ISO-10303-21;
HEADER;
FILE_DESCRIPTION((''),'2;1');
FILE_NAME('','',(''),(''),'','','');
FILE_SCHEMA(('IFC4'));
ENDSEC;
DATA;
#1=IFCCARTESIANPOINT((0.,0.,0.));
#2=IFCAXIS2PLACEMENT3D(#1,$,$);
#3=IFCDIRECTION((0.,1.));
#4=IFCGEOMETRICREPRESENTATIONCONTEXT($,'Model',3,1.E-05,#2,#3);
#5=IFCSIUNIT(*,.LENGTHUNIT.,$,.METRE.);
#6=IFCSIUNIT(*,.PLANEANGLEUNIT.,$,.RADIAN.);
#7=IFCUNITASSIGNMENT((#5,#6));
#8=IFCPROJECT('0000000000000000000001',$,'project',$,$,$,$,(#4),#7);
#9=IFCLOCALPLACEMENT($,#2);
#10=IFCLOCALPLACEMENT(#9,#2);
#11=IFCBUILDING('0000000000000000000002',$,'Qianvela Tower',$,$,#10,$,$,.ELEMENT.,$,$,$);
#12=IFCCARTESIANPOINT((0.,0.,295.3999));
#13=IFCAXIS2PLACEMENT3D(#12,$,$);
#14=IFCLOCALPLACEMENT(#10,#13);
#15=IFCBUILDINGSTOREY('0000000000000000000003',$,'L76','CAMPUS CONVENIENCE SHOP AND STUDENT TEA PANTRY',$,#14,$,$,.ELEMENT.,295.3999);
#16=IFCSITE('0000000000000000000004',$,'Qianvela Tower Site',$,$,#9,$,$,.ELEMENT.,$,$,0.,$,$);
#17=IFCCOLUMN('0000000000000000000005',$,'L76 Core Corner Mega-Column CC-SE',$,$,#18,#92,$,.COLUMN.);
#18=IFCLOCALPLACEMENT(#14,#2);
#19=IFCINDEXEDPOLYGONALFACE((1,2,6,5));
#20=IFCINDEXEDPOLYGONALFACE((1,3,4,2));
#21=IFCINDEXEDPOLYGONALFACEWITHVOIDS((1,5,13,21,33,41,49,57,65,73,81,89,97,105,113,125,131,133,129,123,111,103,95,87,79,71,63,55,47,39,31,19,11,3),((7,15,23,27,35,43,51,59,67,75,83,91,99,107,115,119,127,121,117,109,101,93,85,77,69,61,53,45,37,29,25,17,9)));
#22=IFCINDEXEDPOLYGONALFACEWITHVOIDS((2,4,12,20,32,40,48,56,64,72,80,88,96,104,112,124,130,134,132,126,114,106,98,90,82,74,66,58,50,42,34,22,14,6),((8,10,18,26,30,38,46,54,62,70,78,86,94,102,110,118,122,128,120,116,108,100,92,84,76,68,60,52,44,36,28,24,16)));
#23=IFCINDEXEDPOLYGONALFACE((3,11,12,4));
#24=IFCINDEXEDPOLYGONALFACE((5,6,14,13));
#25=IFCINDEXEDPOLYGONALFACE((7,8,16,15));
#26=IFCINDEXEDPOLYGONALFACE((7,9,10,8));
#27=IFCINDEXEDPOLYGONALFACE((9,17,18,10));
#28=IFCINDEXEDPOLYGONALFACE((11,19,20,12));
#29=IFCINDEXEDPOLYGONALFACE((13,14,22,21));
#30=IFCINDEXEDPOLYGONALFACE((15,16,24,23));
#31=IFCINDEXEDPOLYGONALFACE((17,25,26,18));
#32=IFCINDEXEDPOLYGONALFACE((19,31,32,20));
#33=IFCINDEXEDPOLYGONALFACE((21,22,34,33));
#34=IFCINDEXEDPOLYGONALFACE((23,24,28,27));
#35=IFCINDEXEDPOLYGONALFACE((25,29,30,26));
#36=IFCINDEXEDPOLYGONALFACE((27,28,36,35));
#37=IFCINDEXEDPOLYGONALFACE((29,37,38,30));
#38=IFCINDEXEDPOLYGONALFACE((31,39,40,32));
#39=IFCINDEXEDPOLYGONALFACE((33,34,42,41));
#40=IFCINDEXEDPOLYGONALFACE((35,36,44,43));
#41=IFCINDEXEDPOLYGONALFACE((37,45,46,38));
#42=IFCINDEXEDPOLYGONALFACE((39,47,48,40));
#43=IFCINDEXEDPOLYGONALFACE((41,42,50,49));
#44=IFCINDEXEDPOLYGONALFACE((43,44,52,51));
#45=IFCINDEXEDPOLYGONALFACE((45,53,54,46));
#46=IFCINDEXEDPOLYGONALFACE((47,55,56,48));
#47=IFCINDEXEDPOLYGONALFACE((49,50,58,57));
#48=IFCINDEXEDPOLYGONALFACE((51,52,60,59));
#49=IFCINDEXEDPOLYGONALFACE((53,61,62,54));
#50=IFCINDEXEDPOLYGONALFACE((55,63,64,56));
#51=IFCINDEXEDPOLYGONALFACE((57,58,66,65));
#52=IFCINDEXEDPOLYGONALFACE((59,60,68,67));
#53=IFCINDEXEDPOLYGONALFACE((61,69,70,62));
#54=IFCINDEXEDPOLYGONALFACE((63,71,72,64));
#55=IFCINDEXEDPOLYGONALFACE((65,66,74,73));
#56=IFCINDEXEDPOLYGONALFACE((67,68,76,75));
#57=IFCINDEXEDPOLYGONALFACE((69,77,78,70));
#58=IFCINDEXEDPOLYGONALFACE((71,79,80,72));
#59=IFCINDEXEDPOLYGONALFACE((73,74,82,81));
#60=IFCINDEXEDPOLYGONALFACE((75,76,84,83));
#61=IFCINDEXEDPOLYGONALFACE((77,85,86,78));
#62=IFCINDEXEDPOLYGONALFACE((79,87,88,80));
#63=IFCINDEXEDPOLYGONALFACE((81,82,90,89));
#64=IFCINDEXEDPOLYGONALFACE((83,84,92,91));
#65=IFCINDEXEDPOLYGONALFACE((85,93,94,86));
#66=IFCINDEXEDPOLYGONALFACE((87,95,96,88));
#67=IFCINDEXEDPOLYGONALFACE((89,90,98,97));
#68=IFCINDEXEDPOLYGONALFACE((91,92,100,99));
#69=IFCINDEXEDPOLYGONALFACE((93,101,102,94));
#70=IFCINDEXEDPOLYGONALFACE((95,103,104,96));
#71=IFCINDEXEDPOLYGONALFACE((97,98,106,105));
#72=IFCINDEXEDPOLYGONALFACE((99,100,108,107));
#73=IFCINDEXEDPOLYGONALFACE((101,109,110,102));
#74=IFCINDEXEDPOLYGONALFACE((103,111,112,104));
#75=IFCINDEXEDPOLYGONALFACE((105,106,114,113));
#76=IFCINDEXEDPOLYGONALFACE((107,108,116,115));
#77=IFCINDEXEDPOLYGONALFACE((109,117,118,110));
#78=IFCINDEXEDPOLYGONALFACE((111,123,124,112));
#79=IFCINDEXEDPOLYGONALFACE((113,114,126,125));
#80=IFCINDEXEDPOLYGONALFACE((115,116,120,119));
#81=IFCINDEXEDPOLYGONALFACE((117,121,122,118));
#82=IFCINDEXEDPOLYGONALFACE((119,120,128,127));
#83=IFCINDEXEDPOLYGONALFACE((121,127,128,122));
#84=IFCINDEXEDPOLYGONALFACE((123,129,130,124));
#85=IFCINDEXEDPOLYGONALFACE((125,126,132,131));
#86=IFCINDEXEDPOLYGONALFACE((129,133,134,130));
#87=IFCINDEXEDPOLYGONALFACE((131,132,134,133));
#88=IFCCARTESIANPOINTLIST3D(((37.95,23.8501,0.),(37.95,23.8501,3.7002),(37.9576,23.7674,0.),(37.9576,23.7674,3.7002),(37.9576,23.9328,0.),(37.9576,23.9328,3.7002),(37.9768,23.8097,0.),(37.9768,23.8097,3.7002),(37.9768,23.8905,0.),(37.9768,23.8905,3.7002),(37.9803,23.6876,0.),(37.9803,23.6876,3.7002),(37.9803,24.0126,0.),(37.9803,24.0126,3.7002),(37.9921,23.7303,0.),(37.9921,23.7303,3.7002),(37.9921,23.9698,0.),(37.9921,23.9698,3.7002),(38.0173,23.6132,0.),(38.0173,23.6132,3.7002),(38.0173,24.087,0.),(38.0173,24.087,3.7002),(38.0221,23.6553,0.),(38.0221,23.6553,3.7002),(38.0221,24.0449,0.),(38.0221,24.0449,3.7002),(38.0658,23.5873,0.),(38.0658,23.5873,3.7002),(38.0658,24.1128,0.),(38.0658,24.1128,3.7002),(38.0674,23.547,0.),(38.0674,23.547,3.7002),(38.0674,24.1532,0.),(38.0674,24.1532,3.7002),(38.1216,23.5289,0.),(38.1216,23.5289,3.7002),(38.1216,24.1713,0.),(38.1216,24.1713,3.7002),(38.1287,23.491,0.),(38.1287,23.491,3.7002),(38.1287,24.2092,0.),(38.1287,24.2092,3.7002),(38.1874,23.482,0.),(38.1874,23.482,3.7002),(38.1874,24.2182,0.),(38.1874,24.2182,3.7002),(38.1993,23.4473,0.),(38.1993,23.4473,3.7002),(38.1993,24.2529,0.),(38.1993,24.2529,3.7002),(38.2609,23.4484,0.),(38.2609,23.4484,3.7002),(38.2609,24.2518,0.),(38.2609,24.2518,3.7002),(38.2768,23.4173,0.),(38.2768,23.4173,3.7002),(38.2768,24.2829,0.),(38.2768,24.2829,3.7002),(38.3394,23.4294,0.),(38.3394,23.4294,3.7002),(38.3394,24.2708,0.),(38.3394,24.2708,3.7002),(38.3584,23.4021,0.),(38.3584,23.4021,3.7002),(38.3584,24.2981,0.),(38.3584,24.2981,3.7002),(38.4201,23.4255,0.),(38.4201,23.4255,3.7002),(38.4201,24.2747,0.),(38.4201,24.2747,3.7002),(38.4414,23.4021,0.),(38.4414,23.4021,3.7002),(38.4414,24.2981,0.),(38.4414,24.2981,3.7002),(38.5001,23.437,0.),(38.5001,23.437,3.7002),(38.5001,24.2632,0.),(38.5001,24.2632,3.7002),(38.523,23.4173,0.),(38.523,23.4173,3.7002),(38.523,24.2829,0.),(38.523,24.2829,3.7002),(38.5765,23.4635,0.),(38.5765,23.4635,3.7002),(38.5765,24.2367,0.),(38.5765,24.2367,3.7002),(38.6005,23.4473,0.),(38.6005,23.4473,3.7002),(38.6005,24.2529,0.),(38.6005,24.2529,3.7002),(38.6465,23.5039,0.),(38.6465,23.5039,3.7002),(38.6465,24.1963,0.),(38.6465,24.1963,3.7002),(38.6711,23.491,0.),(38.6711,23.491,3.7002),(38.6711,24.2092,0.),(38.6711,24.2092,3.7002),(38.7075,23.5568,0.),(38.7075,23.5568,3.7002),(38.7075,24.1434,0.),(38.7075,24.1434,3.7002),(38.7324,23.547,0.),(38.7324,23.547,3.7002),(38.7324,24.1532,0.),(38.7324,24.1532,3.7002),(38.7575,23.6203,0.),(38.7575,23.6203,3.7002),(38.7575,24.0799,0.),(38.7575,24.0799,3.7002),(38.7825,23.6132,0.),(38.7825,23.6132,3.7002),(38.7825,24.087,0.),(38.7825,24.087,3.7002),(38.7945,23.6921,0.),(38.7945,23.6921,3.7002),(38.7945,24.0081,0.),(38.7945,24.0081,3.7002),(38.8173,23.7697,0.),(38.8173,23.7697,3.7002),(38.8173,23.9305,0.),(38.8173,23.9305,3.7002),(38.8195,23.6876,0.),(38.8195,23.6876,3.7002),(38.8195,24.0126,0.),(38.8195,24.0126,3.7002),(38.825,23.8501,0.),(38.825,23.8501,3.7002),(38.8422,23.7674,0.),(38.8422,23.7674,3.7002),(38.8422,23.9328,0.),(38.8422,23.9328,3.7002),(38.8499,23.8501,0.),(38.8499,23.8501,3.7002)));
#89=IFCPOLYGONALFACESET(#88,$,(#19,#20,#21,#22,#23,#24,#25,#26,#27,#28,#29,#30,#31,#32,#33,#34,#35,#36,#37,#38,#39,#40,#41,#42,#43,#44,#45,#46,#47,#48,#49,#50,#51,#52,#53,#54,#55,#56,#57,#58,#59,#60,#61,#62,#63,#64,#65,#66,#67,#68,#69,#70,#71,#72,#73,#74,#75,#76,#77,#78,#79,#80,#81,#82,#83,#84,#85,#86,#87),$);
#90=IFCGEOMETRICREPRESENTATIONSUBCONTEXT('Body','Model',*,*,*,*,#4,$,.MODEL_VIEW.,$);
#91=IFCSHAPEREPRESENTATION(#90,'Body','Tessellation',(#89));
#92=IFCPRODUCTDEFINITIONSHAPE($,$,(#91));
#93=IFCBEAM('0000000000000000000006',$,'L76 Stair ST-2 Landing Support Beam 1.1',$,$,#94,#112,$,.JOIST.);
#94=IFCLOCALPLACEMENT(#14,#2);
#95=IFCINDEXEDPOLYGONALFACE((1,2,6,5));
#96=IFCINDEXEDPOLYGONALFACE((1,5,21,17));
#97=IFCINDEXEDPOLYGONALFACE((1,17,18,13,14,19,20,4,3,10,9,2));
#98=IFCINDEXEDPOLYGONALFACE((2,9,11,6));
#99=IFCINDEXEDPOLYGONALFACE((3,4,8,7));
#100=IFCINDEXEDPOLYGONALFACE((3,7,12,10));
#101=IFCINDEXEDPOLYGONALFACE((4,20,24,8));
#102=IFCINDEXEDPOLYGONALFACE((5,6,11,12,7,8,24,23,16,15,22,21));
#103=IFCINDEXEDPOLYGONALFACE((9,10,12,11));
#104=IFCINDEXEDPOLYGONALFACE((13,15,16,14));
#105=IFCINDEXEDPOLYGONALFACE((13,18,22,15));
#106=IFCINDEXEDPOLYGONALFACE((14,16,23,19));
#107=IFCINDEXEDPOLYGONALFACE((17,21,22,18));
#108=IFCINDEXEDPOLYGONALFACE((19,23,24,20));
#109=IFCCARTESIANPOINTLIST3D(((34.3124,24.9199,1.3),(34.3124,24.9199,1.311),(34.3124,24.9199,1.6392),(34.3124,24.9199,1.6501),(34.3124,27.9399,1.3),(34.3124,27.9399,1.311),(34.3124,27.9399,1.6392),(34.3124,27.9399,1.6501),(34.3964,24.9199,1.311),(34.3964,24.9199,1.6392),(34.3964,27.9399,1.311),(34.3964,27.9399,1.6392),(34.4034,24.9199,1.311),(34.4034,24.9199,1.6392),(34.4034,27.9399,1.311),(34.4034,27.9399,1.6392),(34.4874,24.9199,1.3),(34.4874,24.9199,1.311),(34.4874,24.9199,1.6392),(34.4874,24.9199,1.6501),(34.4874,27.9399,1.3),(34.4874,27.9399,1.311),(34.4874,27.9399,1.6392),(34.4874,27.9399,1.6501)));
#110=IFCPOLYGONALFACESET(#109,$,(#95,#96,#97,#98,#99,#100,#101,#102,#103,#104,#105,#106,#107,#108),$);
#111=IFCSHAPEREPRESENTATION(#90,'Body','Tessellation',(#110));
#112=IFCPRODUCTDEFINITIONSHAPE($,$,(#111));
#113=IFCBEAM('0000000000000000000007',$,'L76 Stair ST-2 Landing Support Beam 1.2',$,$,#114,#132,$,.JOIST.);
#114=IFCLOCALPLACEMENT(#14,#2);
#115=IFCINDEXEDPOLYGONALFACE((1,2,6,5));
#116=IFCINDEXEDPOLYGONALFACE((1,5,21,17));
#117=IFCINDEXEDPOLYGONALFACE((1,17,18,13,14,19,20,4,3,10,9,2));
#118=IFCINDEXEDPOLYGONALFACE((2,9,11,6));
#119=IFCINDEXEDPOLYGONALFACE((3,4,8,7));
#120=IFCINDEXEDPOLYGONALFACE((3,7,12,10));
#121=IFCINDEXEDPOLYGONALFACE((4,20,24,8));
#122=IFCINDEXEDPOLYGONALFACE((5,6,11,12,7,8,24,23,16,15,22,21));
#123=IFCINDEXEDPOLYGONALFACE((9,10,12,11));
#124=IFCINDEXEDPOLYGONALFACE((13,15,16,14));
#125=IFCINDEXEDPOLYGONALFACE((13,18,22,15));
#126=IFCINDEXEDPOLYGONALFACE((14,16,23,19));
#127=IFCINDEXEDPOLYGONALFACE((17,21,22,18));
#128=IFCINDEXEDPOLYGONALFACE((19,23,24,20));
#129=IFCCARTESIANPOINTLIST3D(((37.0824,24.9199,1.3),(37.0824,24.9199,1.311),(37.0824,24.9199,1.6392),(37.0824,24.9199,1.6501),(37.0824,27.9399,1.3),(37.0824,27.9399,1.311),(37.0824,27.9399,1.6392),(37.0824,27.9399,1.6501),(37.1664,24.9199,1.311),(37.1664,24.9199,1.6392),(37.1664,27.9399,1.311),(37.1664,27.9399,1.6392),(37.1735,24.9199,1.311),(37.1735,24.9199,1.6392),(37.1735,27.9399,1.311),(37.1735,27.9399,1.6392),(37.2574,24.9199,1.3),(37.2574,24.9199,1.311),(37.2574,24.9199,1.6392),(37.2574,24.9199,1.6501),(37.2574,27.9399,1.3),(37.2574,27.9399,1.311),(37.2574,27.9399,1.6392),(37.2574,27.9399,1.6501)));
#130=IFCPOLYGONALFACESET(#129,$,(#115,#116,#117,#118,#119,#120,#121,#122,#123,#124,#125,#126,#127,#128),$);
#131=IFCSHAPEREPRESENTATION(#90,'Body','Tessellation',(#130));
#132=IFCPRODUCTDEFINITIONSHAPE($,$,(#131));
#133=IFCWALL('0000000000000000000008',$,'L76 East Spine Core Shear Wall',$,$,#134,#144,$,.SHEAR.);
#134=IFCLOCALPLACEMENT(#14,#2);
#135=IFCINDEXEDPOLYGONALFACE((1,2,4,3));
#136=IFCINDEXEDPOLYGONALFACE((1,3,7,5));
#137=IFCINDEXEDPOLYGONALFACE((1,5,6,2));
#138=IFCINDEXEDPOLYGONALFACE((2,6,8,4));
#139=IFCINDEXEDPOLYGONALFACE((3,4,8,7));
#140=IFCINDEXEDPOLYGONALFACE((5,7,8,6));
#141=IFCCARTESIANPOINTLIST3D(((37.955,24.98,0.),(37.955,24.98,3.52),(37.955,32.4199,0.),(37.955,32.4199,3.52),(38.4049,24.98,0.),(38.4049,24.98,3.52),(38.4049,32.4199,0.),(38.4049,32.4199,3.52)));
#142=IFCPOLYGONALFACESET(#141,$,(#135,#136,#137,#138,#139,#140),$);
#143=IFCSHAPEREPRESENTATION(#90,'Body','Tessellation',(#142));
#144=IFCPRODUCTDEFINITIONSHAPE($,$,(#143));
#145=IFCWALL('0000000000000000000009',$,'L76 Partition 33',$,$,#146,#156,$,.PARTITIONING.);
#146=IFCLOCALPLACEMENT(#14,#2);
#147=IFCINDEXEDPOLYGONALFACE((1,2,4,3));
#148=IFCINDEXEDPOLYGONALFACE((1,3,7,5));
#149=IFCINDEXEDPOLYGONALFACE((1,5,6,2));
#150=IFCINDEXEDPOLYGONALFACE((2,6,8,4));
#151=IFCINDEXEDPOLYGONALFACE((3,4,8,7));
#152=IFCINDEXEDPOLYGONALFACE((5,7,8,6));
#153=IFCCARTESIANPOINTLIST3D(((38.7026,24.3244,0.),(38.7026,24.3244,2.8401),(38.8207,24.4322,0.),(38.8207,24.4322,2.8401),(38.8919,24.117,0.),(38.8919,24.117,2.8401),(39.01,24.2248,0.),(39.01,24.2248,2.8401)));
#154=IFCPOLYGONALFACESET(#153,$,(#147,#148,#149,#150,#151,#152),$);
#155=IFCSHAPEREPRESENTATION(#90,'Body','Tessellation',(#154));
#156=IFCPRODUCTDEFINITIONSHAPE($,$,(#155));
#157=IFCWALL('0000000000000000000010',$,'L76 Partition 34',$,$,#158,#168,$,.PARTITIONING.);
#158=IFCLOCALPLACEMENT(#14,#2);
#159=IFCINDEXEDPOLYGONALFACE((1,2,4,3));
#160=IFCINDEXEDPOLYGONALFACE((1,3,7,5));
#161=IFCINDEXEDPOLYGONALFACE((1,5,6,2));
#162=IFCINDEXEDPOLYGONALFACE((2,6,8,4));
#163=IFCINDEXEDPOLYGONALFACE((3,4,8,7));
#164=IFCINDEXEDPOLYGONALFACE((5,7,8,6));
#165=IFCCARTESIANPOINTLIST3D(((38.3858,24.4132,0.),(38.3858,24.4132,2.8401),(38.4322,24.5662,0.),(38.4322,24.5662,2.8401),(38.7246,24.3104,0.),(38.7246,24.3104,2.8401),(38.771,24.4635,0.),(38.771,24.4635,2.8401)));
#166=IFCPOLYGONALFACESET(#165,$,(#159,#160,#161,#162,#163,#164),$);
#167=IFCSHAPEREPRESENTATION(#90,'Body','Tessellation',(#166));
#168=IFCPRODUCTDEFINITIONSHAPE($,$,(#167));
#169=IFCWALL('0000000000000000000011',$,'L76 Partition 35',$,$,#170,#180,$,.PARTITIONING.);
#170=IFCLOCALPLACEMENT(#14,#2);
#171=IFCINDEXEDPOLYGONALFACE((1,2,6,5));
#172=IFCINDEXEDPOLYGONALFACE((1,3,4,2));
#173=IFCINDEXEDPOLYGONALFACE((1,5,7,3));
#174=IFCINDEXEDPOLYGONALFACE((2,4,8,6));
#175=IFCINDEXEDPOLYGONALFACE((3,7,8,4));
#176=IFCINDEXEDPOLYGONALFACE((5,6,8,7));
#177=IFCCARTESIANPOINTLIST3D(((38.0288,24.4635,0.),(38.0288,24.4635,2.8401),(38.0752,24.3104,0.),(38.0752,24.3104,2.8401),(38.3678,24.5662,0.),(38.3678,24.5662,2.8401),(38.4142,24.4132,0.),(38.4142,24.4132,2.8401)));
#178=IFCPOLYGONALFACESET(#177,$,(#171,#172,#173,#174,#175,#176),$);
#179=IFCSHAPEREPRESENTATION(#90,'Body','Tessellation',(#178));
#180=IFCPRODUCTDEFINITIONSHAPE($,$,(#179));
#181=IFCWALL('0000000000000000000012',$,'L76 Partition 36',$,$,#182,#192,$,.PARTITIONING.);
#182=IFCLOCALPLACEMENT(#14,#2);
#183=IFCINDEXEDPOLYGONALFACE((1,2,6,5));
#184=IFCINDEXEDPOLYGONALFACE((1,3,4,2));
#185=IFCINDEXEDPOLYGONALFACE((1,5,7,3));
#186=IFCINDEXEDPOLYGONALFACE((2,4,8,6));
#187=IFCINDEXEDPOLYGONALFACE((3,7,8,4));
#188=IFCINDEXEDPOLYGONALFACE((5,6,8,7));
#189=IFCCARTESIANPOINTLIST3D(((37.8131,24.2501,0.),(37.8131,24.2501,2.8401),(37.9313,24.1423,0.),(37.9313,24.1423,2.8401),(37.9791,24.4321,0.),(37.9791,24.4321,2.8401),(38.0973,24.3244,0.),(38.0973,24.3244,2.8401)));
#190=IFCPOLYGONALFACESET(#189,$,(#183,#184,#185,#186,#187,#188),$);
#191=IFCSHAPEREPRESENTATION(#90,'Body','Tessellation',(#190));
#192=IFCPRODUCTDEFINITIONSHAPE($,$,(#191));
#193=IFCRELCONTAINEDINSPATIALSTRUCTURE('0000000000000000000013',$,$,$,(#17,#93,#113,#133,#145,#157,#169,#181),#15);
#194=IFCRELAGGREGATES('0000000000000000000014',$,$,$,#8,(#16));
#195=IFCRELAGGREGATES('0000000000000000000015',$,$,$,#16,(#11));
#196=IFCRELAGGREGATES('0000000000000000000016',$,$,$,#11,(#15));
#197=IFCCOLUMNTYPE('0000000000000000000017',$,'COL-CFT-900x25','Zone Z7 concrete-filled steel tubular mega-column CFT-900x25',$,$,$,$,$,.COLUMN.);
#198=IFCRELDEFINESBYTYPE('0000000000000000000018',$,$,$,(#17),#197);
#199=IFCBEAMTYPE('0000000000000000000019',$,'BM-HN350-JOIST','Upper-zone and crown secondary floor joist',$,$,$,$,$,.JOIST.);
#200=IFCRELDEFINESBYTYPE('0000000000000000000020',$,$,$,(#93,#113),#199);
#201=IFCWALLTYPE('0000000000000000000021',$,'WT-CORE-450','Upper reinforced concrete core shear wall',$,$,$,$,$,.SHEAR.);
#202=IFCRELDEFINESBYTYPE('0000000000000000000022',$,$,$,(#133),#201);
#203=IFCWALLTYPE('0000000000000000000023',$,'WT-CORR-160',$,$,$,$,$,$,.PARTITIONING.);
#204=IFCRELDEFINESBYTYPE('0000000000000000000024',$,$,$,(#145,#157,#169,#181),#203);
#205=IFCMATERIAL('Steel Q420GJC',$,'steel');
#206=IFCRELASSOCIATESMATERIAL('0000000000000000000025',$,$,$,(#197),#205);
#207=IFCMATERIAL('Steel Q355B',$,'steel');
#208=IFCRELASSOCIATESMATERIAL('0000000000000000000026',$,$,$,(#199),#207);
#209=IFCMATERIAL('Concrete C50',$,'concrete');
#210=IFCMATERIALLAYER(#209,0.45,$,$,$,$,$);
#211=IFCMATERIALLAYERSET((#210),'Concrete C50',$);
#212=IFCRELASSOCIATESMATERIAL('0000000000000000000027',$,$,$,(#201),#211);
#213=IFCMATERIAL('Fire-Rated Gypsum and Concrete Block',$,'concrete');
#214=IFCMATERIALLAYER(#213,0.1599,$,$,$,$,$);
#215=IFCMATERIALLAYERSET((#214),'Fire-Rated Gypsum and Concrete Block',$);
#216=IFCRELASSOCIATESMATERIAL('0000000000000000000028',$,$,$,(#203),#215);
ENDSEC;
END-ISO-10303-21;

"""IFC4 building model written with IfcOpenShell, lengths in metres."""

from ifc_helpers import new_model, si_unit, direction, frame, frame_2d, origin, origin_2d, place, context, subcontext, project, spatial, rectangle, hollow_circle, i_section, extrude, material, layer, layer_set, material_profile, profile_set, type_object, element, save


model = new_model("IFC4")

# Units and contexts
model_context = context("Model", 3, precision=1e-05, world=origin(), true_north=direction((0.0, 1.0)))
body_context = subcontext(model_context, "Body", "Model", "MODEL_VIEW")
ifc_project = project(units=[si_unit("LENGTHUNIT", "METRE"), si_unit("PLANEANGLEUNIT", "RADIAN")], contexts=[model_context])

# Site, building, storey
site_placement = place(None, origin())
site = spatial("IfcSite", under=ifc_project, at=site_placement, Name="Qianvela Tower Site", CompositionType="ELEMENT", RefElevation=0.0)
building_placement = place(site_placement, origin())
building = spatial("IfcBuilding", under=site, at=building_placement, Name="Qianvela Tower", CompositionType="ELEMENT")
storey_placement = place(building_placement, frame((0.0, 0.0, 295.3999)))
storey = spatial("IfcBuildingStorey", under=building, at=storey_placement, Name="L76", Description="CAMPUS CONVENIENCE SHOP AND STUDENT TEA PANTRY", CompositionType="ELEMENT", Elevation=295.3999)

# Column
ifc_material_1 = material(Name="Steel Q420GJC", Category="steel")
ifc_material_profile_1 = material_profile(ifc_material_1, hollow_circle(Radius=0.45, WallThickness=0.0249, at=origin_2d()), Name="CFT-900x25")
ifc_profile_set_1 = profile_set([ifc_material_profile_1], Name="Steel Q420GJC")
column_type = type_object("IfcColumnType", Name="COL-CFT-900x25", Description="Zone Z7 concrete-filled steel tubular mega-column CFT-900x25", PredefinedType="COLUMN", material=ifc_profile_set_1)
column_placement = place(storey_placement, frame((38.3999, 23.8501, 0.0), z_axis=(0.0, 0.0, 1.0), x_axis=(1.0, 0.0, 0.0)))
element("IfcColumn", 1, at=column_placement, inside=storey, type_object=column_type, Name="L76 Core Corner Mega-Column CC-SE", PredefinedType="COLUMN", context=body_context, shape_type="SweptSolid", body=[
    extrude(hollow_circle(Radius=0.45, WallThickness=0.0249, at=origin_2d()), origin(), (0.0, 0.0, 1.0), 3.7002),
])

# Beams
ifc_material_2 = material(Name="Steel Q355B", Category="steel")
ifc_material_profile_2 = material_profile(ifc_material_2, i_section(OverallWidth=0.175, OverallDepth=0.3501, WebThickness=0.0071, FlangeThickness=0.011, at=origin_2d()), Name="HN350x175x7x11")
ifc_profile_set_2 = profile_set([ifc_material_profile_2], Name="Steel Q355B")
beam_type = type_object("IfcBeamType", Name="BM-HN350-JOIST", Description="Upper-zone and crown secondary floor joist", PredefinedType="JOIST", material=ifc_profile_set_2)
for number, where, z_axis, x_axis, name in (
    (2, (34.3999, 24.9199, 1.4751), (0.0, 1.0, 0.0), (-1.0, 0.0, 0.0), "L76 Stair ST-2 Landing Support Beam 1.1"),
    (3, (37.1699, 24.9199, 1.4751), (0.0, 1.0, 0.0), (-1.0, 0.0, 0.0), "L76 Stair ST-2 Landing Support Beam 1.2"),
):
    element("IfcBeam", number, at=place(storey_placement, frame(where, z_axis=z_axis, x_axis=x_axis)), inside=storey, type_object=beam_type, Name=name, PredefinedType="JOIST", context=body_context, shape_type="SweptSolid", body=[
        extrude(i_section(OverallWidth=0.175, OverallDepth=0.3501, WebThickness=0.0071, FlangeThickness=0.011, at=origin_2d()), origin(), (0.0, 0.0, 1.0), 3.02),
    ])

# Walls
ifc_material_3 = material(Name="Concrete C50", Category="concrete")
ifc_layer_1 = layer(ifc_material_3, 0.45)
ifc_layer_set_1 = layer_set([ifc_layer_1], Name="Concrete C50")
wall_type_1 = type_object("IfcWallType", Name="WT-CORE-450", Description="Upper reinforced concrete core shear wall", PredefinedType="SHEAR", material=ifc_layer_set_1)
wall_1_placement = place(storey_placement, frame((38.1799, 24.98, 0.0), z_axis=(0.0, 0.0, 1.0), x_axis=(0.0, 1.0, 0.0)))
element("IfcWall", 4, at=wall_1_placement, inside=storey, type_object=wall_type_1, Name="L76 East Spine Core Shear Wall", PredefinedType="SHEAR", context=body_context, shape_type="SweptSolid", body=[
    extrude(rectangle(XDim=7.4399, YDim=0.45, at=frame_2d((3.72, 0.0))), origin(), (0.0, 0.0, 1.0), 3.52),
])
ifc_material_4 = material(Name="Fire-Rated Gypsum and Concrete Block", Category="concrete")
ifc_layer_2 = layer(ifc_material_4, 0.1599)
ifc_layer_set_2 = layer_set([ifc_layer_2], Name="Fire-Rated Gypsum and Concrete Block")
wall_type_2 = type_object("IfcWallType", Name="WT-CORR-160", PredefinedType="PARTITIONING", material=ifc_layer_set_2)
wall_2_placement = place(storey_placement, frame((38.9509, 24.1709, 0.0), z_axis=(0.0, 0.0, 1.0), x_axis=(-0.674187, 0.738561, 0.0)))
element("IfcWall", 5, at=wall_2_placement, inside=storey, type_object=wall_type_2, Name="L76 Partition 33", PredefinedType="PARTITIONING", context=body_context, shape_type="SweptSolid", body=[
    extrude(rectangle(XDim=0.2808, YDim=0.1599, at=frame_2d((0.1404, 0.0))), origin(), (0.0, 0.0, 1.0), 2.8401),
])
wall_3_placement = place(storey_placement, frame((38.7478, 24.387, 0.0), z_axis=(0.0, 0.0, 1.0), x_axis=(-0.956949, 0.290256, 0.0)))
element("IfcWall", 6, at=wall_3_placement, inside=storey, type_object=wall_type_2, Name="L76 Partition 34", PredefinedType="PARTITIONING", context=body_context, shape_type="SweptSolid", body=[
    extrude(rectangle(XDim=0.354, YDim=0.1599, at=frame_2d((0.177, 0.0))), origin(), (0.0, 0.0, 1.0), 2.8401),
])
wall_4_placement = place(storey_placement, frame((38.3911, 24.4897, 0.0), z_axis=(0.0, 0.0, 1.0), x_axis=(-0.957007, -0.290065, 0.0)))
element("IfcWall", 7, at=wall_4_placement, inside=storey, type_object=wall_type_2, Name="L76 Partition 35", PredefinedType="PARTITIONING", context=body_context, shape_type="SweptSolid", body=[
    extrude(rectangle(XDim=0.3542, YDim=0.1599, at=frame_2d((0.1772, 0.0))), origin(), (0.0, 0.0, 1.0), 2.8401),
])
wall_5_placement = place(storey_placement, frame((38.0381, 24.3782, 0.0), z_axis=(0.0, 0.0, 1.0), x_axis=(-0.673658, -0.739043, 0.0)))
element("IfcWall", 8, at=wall_5_placement, inside=storey, type_object=wall_type_2, Name="L76 Partition 36", PredefinedType="PARTITIONING", context=body_context, shape_type="SweptSolid", body=[
    extrude(rectangle(XDim=0.2463, YDim=0.1599, at=frame_2d((0.123, 0.0))), origin(), (0.0, 0.0, 1.0), 2.8401),
])

save(model, "model.ifc")
